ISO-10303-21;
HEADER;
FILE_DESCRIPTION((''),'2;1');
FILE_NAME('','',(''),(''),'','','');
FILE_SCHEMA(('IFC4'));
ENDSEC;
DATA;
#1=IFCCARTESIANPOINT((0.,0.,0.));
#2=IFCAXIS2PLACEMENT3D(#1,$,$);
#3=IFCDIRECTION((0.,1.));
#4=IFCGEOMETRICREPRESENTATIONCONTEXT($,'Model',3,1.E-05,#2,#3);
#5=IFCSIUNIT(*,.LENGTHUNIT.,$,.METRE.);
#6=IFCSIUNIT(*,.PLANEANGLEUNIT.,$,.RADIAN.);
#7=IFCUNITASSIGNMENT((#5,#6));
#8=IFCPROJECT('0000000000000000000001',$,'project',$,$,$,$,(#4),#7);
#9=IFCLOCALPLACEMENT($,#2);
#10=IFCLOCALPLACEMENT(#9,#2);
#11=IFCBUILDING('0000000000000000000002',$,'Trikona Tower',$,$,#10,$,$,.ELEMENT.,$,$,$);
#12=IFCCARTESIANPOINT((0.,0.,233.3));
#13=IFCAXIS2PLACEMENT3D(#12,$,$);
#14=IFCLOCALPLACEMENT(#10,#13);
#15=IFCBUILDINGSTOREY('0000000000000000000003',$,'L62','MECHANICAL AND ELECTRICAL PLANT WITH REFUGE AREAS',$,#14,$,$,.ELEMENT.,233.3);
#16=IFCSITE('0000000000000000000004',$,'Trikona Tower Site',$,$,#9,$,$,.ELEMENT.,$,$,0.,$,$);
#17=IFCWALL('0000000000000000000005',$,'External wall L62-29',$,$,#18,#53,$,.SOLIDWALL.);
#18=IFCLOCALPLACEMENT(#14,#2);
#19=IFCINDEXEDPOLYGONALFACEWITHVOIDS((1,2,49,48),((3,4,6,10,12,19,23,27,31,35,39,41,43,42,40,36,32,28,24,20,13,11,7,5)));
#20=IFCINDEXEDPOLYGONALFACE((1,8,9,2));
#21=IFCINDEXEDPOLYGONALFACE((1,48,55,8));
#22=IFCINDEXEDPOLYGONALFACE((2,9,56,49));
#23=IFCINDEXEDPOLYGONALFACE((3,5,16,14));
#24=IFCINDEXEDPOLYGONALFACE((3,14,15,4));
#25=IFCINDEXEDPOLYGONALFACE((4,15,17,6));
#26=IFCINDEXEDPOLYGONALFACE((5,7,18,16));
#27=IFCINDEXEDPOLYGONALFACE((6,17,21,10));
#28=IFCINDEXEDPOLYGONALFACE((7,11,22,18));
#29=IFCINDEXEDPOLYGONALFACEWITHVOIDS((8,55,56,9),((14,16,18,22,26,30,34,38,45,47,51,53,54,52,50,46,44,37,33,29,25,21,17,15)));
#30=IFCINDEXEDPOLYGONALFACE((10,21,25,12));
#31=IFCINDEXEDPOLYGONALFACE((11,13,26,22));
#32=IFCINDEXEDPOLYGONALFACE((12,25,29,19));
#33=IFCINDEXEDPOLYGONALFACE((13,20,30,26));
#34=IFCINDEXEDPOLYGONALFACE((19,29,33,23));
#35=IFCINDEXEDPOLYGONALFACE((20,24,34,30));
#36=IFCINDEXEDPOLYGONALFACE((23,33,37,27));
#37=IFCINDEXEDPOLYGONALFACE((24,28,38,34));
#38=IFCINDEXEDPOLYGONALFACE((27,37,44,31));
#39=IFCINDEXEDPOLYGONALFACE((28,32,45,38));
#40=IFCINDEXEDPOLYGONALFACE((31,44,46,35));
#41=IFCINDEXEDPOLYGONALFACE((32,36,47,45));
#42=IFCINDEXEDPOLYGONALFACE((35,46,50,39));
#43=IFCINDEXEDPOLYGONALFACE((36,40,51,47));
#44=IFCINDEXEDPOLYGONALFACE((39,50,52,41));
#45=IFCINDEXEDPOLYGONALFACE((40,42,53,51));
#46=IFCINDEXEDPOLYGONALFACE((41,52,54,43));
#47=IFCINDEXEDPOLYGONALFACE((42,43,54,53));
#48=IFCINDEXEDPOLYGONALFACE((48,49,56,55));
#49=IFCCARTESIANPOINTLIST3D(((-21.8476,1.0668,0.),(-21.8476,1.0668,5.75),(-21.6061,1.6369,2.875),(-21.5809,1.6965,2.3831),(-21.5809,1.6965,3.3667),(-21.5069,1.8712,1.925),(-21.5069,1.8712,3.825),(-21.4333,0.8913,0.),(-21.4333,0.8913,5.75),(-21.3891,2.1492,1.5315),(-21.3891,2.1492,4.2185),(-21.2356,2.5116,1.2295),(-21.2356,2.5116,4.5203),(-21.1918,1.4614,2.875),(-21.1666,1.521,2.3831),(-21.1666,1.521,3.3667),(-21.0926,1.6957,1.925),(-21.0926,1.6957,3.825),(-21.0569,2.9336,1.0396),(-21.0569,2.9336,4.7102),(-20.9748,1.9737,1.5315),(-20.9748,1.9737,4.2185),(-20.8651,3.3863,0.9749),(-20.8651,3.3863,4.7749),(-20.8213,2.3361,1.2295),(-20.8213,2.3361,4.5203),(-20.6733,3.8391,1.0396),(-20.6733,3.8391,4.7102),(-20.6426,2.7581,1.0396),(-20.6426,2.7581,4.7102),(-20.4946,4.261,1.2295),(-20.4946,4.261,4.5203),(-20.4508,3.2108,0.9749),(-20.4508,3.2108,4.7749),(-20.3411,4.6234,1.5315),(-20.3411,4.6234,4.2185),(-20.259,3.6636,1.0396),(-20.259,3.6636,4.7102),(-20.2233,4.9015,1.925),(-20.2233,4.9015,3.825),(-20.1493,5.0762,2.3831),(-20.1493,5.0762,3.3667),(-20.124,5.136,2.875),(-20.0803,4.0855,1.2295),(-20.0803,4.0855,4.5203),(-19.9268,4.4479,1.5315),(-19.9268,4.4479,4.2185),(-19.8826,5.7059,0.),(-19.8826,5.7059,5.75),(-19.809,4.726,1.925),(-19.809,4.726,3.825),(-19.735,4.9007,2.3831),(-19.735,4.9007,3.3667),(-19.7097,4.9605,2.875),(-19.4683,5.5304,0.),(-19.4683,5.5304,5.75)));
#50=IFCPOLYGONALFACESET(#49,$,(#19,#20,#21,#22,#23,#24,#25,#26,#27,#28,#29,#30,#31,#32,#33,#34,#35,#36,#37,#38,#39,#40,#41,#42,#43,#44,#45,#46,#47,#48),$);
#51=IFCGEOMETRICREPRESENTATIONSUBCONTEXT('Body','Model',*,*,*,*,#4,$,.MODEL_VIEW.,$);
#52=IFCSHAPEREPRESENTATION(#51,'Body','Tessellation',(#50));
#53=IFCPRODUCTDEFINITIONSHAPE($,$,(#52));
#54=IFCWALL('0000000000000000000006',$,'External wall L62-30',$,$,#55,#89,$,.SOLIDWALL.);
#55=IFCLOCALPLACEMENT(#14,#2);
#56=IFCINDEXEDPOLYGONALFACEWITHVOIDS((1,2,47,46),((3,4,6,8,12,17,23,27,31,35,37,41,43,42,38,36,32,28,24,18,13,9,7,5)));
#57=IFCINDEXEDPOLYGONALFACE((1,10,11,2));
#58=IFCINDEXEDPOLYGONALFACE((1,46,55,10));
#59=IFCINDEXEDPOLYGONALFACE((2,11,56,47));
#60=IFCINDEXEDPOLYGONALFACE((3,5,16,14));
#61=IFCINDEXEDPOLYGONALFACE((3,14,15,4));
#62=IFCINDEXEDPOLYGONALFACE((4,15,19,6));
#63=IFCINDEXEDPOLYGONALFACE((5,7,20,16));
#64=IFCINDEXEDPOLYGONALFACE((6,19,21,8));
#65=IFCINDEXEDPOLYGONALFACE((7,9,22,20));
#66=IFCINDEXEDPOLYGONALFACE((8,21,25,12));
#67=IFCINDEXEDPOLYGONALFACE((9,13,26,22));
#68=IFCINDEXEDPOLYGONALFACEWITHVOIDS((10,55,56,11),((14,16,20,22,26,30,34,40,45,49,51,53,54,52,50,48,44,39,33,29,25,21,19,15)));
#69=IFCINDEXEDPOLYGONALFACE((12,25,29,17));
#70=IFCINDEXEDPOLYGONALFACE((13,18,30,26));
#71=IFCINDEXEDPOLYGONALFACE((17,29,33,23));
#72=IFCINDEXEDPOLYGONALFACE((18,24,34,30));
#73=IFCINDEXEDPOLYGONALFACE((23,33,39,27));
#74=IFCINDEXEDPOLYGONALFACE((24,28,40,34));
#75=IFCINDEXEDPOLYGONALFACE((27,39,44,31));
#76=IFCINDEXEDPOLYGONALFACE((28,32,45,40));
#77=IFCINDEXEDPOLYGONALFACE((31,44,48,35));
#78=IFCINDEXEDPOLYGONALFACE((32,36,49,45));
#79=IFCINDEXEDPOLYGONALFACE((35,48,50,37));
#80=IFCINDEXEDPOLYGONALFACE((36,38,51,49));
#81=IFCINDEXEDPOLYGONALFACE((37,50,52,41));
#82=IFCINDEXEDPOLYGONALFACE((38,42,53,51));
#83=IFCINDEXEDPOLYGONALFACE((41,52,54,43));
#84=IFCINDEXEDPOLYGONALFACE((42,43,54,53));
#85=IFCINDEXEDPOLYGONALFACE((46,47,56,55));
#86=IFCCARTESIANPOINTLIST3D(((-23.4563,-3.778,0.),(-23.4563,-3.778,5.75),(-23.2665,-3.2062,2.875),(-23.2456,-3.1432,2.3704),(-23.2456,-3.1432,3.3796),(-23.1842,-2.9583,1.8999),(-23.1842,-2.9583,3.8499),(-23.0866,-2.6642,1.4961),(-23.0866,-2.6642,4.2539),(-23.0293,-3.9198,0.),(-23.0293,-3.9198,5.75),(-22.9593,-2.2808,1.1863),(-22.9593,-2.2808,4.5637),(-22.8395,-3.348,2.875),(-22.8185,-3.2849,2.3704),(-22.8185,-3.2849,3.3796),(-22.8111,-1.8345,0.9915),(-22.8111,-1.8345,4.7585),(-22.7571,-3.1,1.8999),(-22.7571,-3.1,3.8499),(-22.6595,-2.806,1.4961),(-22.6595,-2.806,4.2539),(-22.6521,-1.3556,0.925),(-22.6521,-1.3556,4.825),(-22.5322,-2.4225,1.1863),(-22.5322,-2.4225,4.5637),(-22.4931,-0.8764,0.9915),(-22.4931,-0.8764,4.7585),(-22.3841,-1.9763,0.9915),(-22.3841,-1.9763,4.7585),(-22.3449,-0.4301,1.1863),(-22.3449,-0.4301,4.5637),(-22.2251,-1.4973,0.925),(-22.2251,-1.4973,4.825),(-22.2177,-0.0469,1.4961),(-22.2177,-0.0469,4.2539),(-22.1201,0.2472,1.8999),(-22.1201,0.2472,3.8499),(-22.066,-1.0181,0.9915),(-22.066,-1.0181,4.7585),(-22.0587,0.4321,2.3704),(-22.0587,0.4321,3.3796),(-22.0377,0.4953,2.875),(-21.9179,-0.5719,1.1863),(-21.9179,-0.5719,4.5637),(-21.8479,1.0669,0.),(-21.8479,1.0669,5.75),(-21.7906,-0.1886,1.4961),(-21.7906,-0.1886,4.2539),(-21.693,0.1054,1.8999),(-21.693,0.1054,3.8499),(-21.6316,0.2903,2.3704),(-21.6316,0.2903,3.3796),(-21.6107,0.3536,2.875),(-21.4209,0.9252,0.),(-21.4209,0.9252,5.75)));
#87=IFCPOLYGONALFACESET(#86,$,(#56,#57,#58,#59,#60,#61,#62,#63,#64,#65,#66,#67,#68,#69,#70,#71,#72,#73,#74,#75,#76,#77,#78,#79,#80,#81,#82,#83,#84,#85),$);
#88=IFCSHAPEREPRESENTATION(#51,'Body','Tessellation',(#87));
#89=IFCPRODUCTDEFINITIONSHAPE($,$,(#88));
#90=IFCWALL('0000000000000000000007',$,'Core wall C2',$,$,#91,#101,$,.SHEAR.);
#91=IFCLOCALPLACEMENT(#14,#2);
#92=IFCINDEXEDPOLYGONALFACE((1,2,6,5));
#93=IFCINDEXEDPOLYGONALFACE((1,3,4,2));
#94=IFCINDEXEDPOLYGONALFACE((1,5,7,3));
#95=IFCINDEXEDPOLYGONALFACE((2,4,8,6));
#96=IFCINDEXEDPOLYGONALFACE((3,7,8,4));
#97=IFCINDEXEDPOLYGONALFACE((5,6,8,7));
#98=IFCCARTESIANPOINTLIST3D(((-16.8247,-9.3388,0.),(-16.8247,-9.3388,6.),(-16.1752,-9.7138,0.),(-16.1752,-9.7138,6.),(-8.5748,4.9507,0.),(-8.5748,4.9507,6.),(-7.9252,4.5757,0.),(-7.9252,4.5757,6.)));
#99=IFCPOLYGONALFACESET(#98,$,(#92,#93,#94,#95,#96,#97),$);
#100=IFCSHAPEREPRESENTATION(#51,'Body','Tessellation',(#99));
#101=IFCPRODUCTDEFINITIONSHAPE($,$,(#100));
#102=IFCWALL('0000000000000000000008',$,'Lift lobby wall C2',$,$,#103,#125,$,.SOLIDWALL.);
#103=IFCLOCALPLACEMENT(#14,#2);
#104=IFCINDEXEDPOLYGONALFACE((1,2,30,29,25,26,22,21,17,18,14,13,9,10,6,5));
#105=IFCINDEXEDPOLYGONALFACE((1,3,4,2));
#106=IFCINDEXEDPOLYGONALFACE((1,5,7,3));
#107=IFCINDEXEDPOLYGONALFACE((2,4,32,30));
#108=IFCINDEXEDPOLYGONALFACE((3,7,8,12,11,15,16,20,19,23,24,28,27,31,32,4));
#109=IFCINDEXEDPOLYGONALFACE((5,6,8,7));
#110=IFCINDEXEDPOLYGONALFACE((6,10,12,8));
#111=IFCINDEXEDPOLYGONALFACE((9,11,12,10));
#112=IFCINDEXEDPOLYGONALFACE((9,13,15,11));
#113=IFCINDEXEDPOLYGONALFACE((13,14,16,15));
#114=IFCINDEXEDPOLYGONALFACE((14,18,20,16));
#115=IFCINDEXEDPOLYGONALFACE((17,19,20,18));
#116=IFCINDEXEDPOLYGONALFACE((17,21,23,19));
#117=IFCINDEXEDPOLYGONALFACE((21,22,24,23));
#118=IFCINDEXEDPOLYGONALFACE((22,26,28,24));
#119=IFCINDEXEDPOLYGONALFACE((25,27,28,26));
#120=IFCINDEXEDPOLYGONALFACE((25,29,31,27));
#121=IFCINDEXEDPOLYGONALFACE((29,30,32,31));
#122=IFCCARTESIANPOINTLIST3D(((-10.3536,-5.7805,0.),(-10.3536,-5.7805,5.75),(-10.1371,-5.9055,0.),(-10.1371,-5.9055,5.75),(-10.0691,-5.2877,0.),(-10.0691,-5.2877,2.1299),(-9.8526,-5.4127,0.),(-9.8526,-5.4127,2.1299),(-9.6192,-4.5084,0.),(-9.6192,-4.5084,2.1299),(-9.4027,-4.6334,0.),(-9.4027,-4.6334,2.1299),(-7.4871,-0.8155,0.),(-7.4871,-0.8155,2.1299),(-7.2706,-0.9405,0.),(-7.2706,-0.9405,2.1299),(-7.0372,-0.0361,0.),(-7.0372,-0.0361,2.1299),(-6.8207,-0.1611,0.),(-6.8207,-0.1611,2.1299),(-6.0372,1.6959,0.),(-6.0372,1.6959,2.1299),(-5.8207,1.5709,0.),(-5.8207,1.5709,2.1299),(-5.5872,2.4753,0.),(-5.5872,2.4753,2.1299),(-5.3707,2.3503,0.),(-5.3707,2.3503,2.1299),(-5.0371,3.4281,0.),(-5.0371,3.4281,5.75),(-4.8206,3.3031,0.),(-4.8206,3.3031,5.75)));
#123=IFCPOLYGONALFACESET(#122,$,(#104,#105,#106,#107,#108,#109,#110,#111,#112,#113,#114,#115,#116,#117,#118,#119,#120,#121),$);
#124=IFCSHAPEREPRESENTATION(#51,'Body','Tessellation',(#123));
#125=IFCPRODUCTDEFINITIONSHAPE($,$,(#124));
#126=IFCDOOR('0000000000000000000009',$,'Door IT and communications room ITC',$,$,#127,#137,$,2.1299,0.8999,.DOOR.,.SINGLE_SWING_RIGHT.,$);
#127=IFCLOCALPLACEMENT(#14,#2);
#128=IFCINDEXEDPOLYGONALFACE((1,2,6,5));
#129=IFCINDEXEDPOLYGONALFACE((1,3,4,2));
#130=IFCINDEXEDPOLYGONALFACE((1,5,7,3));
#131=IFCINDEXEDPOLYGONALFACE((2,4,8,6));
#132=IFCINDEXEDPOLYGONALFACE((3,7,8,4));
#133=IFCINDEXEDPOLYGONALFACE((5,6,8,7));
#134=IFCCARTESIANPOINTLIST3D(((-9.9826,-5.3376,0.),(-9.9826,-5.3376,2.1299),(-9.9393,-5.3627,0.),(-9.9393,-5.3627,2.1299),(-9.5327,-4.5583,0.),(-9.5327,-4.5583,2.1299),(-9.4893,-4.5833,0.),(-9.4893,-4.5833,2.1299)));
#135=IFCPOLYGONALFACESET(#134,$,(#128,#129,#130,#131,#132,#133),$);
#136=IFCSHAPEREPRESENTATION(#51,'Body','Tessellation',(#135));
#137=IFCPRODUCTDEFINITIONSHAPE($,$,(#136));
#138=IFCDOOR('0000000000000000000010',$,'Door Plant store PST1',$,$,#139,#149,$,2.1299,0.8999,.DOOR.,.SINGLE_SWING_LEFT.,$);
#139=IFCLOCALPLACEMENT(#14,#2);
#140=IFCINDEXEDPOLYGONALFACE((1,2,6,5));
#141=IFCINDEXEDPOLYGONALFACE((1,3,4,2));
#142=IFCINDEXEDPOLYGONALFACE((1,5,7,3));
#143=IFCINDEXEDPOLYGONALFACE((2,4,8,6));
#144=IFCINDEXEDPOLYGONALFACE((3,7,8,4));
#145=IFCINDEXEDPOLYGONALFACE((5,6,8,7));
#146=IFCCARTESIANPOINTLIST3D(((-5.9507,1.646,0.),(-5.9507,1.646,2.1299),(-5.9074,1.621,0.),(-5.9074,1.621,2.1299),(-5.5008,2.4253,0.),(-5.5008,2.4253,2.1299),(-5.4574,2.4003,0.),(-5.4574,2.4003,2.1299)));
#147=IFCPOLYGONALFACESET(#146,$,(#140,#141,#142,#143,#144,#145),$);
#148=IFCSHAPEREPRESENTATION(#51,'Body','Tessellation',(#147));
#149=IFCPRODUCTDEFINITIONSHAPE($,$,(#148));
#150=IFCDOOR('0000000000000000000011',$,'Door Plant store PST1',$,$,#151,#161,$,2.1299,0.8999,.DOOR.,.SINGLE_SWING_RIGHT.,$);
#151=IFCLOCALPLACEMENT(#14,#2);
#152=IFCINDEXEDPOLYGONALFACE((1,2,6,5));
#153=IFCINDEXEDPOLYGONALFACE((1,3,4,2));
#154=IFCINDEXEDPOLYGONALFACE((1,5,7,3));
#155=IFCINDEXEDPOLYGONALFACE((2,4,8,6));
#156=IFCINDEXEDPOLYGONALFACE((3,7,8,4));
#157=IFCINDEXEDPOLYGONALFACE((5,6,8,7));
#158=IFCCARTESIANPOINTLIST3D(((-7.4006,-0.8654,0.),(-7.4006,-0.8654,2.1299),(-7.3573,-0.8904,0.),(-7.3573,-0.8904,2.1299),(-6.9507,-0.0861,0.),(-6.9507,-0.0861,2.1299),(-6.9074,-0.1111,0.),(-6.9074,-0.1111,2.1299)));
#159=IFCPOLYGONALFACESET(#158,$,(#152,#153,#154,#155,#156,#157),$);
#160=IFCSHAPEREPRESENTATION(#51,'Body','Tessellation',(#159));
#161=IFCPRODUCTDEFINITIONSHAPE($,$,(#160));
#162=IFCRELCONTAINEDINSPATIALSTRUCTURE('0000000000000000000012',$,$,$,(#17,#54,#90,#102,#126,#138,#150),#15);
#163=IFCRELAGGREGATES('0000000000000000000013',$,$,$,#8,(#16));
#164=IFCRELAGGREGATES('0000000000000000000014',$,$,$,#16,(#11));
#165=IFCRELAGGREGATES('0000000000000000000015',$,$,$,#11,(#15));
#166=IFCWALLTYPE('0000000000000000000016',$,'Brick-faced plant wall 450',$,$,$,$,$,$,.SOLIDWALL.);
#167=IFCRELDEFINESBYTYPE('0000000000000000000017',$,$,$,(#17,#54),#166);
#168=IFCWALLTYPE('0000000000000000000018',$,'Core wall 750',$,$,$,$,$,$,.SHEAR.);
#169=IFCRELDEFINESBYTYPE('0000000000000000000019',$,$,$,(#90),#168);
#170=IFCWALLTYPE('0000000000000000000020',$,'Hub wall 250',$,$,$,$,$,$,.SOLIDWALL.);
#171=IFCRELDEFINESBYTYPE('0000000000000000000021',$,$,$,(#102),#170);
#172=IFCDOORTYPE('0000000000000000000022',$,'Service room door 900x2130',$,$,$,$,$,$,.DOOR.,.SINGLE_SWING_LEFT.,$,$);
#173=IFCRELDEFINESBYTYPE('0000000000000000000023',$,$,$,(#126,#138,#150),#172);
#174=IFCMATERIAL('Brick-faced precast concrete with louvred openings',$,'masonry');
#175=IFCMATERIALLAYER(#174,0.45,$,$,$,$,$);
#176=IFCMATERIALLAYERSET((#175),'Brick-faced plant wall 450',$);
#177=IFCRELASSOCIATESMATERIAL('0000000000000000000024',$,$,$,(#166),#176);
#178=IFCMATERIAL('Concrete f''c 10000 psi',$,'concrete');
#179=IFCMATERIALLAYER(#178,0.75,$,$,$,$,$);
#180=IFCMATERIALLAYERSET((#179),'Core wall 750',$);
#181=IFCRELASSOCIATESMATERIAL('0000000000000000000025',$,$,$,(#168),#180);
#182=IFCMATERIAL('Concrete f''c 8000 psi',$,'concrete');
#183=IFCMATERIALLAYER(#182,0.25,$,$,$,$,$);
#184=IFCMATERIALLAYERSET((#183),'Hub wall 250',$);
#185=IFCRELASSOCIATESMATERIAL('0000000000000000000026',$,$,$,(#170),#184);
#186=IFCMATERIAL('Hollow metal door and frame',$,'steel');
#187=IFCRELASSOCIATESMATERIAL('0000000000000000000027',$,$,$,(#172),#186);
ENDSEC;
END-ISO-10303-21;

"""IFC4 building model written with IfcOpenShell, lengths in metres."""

from ifc_helpers import new_model, si_unit, direction, frame, frame_2d, origin, place, context, subcontext, project, spatial, polyline, rectangle, outline, extrude, material, layer, layer_set, type_object, element, fill, save


model = new_model("IFC4")

# Units and contexts
model_context = context("Model", 3, precision=1e-05, world=origin(), true_north=direction((0.0, 1.0)))
body_context = subcontext(model_context, "Body", "Model", "MODEL_VIEW")
ifc_project = project(units=[si_unit("LENGTHUNIT", "METRE"), si_unit("PLANEANGLEUNIT", "RADIAN")], contexts=[model_context])

# Site, building, storey
site_placement = place(None, origin())
site = spatial("IfcSite", under=ifc_project, at=site_placement, Name="Trikona Tower Site", CompositionType="ELEMENT", RefElevation=0.0)
building_placement = place(site_placement, origin())
building = spatial("IfcBuilding", under=site, at=building_placement, Name="Trikona Tower", CompositionType="ELEMENT")
storey_placement = place(building_placement, frame((0.0, 0.0, 233.3)))
storey = spatial("IfcBuildingStorey", under=building, at=storey_placement, Name="L62", Description="MECHANICAL AND ELECTRICAL PLANT WITH REFUGE AREAS", CompositionType="ELEMENT", Elevation=233.3)

# Walls
ifc_material_1 = material(Name="Brick-faced precast concrete with louvred openings", Category="masonry")
ifc_layer_1 = layer(ifc_material_1, 0.45)
ifc_layer_set_1 = layer_set([ifc_layer_1], Name="Brick-faced plant wall 450")
wall_type_1 = type_object("IfcWallType", Name="Brick-faced plant wall 450", PredefinedType="SOLIDWALL", material=ifc_layer_set_1)
wall_1_placement = place(storey_placement, frame((-19.6755, 5.6182, 0.0), z_axis=(0.0, 0.0, 1.0), x_axis=(-0.390038, -0.920799, 0.0)))
element("IfcWall", 1, at=wall_1_placement, inside=storey, type_object=wall_type_1, Name="External wall L62-29", PredefinedType="SOLIDWALL", context=body_context, shape_type="SweptSolid", body=[
    extrude(outline(polyline([(0.0, 0.0), (5.0381, 0.0), (5.0381, 5.75), (0.0, 5.75), (0.0, 0.0)]), holes=[polyline([(4.4189, 2.875), (4.3542, 3.3667), (4.1646, 3.825), (3.8625, 4.2185), (3.469, 4.5203), (3.0107, 4.7102), (2.519, 4.7749), (2.0273, 4.7102), (1.5691, 4.5203), (1.1755, 4.2185), (0.8735, 3.825), (0.6838, 3.3667), (0.6189, 2.875), (0.6838, 2.3831), (0.8735, 1.925), (1.1755, 1.5315), (1.5691, 1.2295), (2.0273, 1.0396), (2.519, 0.9749), (3.0107, 1.0396), (3.469, 1.2295), (3.8625, 1.5315), (4.1646, 1.925), (4.3542, 2.3831), (4.4189, 2.875)])]), frame((0.0, 0.2251, 0.0), z_axis=(0.0, -1.0, 0.0), x_axis=(1.0, 0.0, 0.0)), (0.0, 0.0, 1.0), 0.45),
])
wall_2_placement = place(storey_placement, frame((-21.6345, 0.9961, 0.0), z_axis=(0.0, 0.0, 1.0), x_axis=(-0.315065, -0.94907, 0.0)))
element("IfcWall", 2, at=wall_2_placement, inside=storey, type_object=wall_type_1, Name="External wall L62-30", PredefinedType="SOLIDWALL", context=body_context, shape_type="SweptSolid", body=[
    extrude(outline(polyline([(0.0, 0.0), (5.105, 0.0), (5.105, 5.75), (0.0, 5.75), (0.0, 0.0)]), holes=[polyline([(4.5024, 2.875), (4.436, 3.3796), (4.2412, 3.8499), (3.9314, 4.2539), (3.5273, 4.5637), (3.0571, 4.7585), (2.5525, 4.825), (2.0476, 4.7585), (1.5774, 4.5637), (1.1736, 4.2539), (0.8638, 3.8499), (0.6689, 3.3796), (0.6023, 2.875), (0.6689, 2.3704), (0.8638, 1.8999), (1.1736, 1.4961), (1.5774, 1.1863), (2.0476, 0.9915), (2.5525, 0.925), (3.0571, 0.9915), (3.5273, 1.1863), (3.9314, 1.4961), (4.2412, 1.8999), (4.436, 2.3704), (4.5024, 2.875)])]), frame((0.0, 0.2251, 0.0), z_axis=(0.0, -1.0, 0.0), x_axis=(1.0, 0.0, 0.0)), (0.0, 0.0, 1.0), 0.45),
])
ifc_material_2 = material(Name="Concrete f'c 10000 psi", Category="concrete")
ifc_layer_2 = layer(ifc_material_2, 0.75)
ifc_layer_set_2 = layer_set([ifc_layer_2], Name="Core wall 750")
wall_type_2 = type_object("IfcWallType", Name="Core wall 750", PredefinedType="SHEAR", material=ifc_layer_set_2)
wall_3_placement = place(storey_placement, frame((-8.25, 4.7632, 0.0), z_axis=(0.0, 0.0, 1.0), x_axis=(-0.499997, -0.866027, 0.0)))
element("IfcWall", 3, at=wall_3_placement, inside=storey, type_object=wall_type_2, Name="Core wall C2", PredefinedType="SHEAR", context=body_context, shape_type="SweptSolid", body=[
    extrude(rectangle(XDim=16.5, YDim=0.75, at=frame_2d((8.25, 0.0))), origin(), (0.0, 0.0, 1.0), 6.0),
])

# Wall, openings, doors
ifc_material_3 = material(Name="Concrete f'c 8000 psi", Category="concrete")
ifc_layer_3 = layer(ifc_material_3, 0.25)
ifc_layer_set_3 = layer_set([ifc_layer_3], Name="Hub wall 250")
wall_type_3 = type_object("IfcWallType", Name="Hub wall 250", PredefinedType="SOLIDWALL", material=ifc_layer_set_3)
wall_4_placement = place(storey_placement, frame((-4.929, 3.3655, 0.0), z_axis=(0.0, 0.0, 1.0), x_axis=(-0.499991, -0.86603, 0.0)))
wall_4 = element("IfcWall", 4, at=wall_4_placement, inside=storey, type_object=wall_type_3, Name="Lift lobby wall C2", PredefinedType="SOLIDWALL", context=body_context, shape_type="SweptSolid", body=[
    extrude(rectangle(XDim=10.6331, YDim=0.25, at=frame_2d((5.3164, 0.0))), origin(), (0.0, 0.0, 1.0), 5.75),
])
opening_1_placement = place(wall_4_placement, frame((9.1641, 0.0, 0.0)))
opening_1 = element("IfcOpeningElement", 5, at=opening_1_placement, cuts=wall_4, PredefinedType="OPENING", context=body_context, shape_type="SweptSolid", body=[
    extrude(rectangle(XDim=0.8999, YDim=2.1299, at=frame_2d((0.45, 1.0649))), frame((0.0, 0.135, 0.0), z_axis=(0.0, -1.0, 0.0), x_axis=(1.0, 0.0, 0.0)), (0.0, 0.0, 1.0), 0.27),
])
opening_2_placement = place(wall_4_placement, frame((1.1001, 0.0, 0.0)))
opening_2 = element("IfcOpeningElement", 6, at=opening_2_placement, cuts=wall_4, PredefinedType="OPENING", context=body_context, shape_type="SweptSolid", body=[
    extrude(rectangle(XDim=0.8999, YDim=2.1299, at=frame_2d((0.45, 1.0649))), frame((0.0, 0.135, 0.0), z_axis=(0.0, -1.0, 0.0), x_axis=(1.0, 0.0, 0.0)), (0.0, 0.0, 1.0), 0.27),
])
opening_3_placement = place(wall_4_placement, frame((4.0, 0.0, 0.0)))
opening_3 = element("IfcOpeningElement", 7, at=opening_3_placement, cuts=wall_4, PredefinedType="OPENING", context=body_context, shape_type="SweptSolid", body=[
    extrude(rectangle(XDim=0.8999, YDim=2.1299, at=frame_2d((0.45, 1.0649))), frame((0.0, 0.135, 0.0), z_axis=(0.0, -1.0, 0.0), x_axis=(1.0, 0.0, 0.0)), (0.0, 0.0, 1.0), 0.27),
])
ifc_material_4 = material(Name="Hollow metal door and frame", Category="steel")
door_type = type_object("IfcDoorType", Name="Service room door 900x2130", OperationType="SINGLE_SWING_LEFT", PredefinedType="DOOR", material=ifc_material_4)
door_1_placement = place(opening_1_placement, origin())
door_1 = element("IfcDoor", 8, at=door_1_placement, inside=storey, type_object=door_type, Name="Door IT and communications room ITC", OperationType="SINGLE_SWING_RIGHT", OverallHeight=2.1299, OverallWidth=0.8999, PredefinedType="DOOR", context=body_context, shape_type="SweptSolid", body=[
    extrude(rectangle(XDim=0.8999, YDim=2.1299, at=frame_2d((0.45, 1.0649))), frame((0.0, 0.0249, 0.0), z_axis=(0.0, -1.0, 0.0), x_axis=(1.0, 0.0, 0.0)), (0.0, 0.0, 1.0), 0.05),
])
fill(opening_1, door_1)
door_2_placement = place(opening_2_placement, origin())
door_2 = element("IfcDoor", 9, at=door_2_placement, inside=storey, type_object=door_type, Name="Door Plant store PST1", OperationType="SINGLE_SWING_LEFT", OverallHeight=2.1299, OverallWidth=0.8999, PredefinedType="DOOR", context=body_context, shape_type="SweptSolid", body=[
    extrude(rectangle(XDim=0.8999, YDim=2.1299, at=frame_2d((0.45, 1.0649))), frame((0.0, 0.0249, 0.0), z_axis=(0.0, -1.0, 0.0), x_axis=(1.0, 0.0, 0.0)), (0.0, 0.0, 1.0), 0.05),
])
fill(opening_2, door_2)
door_3_placement = place(opening_3_placement, origin())
door_3 = element("IfcDoor", 10, at=door_3_placement, inside=storey, type_object=door_type, Name="Door Plant store PST1", OperationType="SINGLE_SWING_RIGHT", OverallHeight=2.1299, OverallWidth=0.8999, PredefinedType="DOOR", context=body_context, shape_type="SweptSolid", body=[
    extrude(rectangle(XDim=0.8999, YDim=2.1299, at=frame_2d((0.45, 1.0649))), frame((0.0, 0.0249, 0.0), z_axis=(0.0, -1.0, 0.0), x_axis=(1.0, 0.0, 0.0)), (0.0, 0.0, 1.0), 0.05),
])
fill(opening_3, door_3)

save(model, "model.ifc")
